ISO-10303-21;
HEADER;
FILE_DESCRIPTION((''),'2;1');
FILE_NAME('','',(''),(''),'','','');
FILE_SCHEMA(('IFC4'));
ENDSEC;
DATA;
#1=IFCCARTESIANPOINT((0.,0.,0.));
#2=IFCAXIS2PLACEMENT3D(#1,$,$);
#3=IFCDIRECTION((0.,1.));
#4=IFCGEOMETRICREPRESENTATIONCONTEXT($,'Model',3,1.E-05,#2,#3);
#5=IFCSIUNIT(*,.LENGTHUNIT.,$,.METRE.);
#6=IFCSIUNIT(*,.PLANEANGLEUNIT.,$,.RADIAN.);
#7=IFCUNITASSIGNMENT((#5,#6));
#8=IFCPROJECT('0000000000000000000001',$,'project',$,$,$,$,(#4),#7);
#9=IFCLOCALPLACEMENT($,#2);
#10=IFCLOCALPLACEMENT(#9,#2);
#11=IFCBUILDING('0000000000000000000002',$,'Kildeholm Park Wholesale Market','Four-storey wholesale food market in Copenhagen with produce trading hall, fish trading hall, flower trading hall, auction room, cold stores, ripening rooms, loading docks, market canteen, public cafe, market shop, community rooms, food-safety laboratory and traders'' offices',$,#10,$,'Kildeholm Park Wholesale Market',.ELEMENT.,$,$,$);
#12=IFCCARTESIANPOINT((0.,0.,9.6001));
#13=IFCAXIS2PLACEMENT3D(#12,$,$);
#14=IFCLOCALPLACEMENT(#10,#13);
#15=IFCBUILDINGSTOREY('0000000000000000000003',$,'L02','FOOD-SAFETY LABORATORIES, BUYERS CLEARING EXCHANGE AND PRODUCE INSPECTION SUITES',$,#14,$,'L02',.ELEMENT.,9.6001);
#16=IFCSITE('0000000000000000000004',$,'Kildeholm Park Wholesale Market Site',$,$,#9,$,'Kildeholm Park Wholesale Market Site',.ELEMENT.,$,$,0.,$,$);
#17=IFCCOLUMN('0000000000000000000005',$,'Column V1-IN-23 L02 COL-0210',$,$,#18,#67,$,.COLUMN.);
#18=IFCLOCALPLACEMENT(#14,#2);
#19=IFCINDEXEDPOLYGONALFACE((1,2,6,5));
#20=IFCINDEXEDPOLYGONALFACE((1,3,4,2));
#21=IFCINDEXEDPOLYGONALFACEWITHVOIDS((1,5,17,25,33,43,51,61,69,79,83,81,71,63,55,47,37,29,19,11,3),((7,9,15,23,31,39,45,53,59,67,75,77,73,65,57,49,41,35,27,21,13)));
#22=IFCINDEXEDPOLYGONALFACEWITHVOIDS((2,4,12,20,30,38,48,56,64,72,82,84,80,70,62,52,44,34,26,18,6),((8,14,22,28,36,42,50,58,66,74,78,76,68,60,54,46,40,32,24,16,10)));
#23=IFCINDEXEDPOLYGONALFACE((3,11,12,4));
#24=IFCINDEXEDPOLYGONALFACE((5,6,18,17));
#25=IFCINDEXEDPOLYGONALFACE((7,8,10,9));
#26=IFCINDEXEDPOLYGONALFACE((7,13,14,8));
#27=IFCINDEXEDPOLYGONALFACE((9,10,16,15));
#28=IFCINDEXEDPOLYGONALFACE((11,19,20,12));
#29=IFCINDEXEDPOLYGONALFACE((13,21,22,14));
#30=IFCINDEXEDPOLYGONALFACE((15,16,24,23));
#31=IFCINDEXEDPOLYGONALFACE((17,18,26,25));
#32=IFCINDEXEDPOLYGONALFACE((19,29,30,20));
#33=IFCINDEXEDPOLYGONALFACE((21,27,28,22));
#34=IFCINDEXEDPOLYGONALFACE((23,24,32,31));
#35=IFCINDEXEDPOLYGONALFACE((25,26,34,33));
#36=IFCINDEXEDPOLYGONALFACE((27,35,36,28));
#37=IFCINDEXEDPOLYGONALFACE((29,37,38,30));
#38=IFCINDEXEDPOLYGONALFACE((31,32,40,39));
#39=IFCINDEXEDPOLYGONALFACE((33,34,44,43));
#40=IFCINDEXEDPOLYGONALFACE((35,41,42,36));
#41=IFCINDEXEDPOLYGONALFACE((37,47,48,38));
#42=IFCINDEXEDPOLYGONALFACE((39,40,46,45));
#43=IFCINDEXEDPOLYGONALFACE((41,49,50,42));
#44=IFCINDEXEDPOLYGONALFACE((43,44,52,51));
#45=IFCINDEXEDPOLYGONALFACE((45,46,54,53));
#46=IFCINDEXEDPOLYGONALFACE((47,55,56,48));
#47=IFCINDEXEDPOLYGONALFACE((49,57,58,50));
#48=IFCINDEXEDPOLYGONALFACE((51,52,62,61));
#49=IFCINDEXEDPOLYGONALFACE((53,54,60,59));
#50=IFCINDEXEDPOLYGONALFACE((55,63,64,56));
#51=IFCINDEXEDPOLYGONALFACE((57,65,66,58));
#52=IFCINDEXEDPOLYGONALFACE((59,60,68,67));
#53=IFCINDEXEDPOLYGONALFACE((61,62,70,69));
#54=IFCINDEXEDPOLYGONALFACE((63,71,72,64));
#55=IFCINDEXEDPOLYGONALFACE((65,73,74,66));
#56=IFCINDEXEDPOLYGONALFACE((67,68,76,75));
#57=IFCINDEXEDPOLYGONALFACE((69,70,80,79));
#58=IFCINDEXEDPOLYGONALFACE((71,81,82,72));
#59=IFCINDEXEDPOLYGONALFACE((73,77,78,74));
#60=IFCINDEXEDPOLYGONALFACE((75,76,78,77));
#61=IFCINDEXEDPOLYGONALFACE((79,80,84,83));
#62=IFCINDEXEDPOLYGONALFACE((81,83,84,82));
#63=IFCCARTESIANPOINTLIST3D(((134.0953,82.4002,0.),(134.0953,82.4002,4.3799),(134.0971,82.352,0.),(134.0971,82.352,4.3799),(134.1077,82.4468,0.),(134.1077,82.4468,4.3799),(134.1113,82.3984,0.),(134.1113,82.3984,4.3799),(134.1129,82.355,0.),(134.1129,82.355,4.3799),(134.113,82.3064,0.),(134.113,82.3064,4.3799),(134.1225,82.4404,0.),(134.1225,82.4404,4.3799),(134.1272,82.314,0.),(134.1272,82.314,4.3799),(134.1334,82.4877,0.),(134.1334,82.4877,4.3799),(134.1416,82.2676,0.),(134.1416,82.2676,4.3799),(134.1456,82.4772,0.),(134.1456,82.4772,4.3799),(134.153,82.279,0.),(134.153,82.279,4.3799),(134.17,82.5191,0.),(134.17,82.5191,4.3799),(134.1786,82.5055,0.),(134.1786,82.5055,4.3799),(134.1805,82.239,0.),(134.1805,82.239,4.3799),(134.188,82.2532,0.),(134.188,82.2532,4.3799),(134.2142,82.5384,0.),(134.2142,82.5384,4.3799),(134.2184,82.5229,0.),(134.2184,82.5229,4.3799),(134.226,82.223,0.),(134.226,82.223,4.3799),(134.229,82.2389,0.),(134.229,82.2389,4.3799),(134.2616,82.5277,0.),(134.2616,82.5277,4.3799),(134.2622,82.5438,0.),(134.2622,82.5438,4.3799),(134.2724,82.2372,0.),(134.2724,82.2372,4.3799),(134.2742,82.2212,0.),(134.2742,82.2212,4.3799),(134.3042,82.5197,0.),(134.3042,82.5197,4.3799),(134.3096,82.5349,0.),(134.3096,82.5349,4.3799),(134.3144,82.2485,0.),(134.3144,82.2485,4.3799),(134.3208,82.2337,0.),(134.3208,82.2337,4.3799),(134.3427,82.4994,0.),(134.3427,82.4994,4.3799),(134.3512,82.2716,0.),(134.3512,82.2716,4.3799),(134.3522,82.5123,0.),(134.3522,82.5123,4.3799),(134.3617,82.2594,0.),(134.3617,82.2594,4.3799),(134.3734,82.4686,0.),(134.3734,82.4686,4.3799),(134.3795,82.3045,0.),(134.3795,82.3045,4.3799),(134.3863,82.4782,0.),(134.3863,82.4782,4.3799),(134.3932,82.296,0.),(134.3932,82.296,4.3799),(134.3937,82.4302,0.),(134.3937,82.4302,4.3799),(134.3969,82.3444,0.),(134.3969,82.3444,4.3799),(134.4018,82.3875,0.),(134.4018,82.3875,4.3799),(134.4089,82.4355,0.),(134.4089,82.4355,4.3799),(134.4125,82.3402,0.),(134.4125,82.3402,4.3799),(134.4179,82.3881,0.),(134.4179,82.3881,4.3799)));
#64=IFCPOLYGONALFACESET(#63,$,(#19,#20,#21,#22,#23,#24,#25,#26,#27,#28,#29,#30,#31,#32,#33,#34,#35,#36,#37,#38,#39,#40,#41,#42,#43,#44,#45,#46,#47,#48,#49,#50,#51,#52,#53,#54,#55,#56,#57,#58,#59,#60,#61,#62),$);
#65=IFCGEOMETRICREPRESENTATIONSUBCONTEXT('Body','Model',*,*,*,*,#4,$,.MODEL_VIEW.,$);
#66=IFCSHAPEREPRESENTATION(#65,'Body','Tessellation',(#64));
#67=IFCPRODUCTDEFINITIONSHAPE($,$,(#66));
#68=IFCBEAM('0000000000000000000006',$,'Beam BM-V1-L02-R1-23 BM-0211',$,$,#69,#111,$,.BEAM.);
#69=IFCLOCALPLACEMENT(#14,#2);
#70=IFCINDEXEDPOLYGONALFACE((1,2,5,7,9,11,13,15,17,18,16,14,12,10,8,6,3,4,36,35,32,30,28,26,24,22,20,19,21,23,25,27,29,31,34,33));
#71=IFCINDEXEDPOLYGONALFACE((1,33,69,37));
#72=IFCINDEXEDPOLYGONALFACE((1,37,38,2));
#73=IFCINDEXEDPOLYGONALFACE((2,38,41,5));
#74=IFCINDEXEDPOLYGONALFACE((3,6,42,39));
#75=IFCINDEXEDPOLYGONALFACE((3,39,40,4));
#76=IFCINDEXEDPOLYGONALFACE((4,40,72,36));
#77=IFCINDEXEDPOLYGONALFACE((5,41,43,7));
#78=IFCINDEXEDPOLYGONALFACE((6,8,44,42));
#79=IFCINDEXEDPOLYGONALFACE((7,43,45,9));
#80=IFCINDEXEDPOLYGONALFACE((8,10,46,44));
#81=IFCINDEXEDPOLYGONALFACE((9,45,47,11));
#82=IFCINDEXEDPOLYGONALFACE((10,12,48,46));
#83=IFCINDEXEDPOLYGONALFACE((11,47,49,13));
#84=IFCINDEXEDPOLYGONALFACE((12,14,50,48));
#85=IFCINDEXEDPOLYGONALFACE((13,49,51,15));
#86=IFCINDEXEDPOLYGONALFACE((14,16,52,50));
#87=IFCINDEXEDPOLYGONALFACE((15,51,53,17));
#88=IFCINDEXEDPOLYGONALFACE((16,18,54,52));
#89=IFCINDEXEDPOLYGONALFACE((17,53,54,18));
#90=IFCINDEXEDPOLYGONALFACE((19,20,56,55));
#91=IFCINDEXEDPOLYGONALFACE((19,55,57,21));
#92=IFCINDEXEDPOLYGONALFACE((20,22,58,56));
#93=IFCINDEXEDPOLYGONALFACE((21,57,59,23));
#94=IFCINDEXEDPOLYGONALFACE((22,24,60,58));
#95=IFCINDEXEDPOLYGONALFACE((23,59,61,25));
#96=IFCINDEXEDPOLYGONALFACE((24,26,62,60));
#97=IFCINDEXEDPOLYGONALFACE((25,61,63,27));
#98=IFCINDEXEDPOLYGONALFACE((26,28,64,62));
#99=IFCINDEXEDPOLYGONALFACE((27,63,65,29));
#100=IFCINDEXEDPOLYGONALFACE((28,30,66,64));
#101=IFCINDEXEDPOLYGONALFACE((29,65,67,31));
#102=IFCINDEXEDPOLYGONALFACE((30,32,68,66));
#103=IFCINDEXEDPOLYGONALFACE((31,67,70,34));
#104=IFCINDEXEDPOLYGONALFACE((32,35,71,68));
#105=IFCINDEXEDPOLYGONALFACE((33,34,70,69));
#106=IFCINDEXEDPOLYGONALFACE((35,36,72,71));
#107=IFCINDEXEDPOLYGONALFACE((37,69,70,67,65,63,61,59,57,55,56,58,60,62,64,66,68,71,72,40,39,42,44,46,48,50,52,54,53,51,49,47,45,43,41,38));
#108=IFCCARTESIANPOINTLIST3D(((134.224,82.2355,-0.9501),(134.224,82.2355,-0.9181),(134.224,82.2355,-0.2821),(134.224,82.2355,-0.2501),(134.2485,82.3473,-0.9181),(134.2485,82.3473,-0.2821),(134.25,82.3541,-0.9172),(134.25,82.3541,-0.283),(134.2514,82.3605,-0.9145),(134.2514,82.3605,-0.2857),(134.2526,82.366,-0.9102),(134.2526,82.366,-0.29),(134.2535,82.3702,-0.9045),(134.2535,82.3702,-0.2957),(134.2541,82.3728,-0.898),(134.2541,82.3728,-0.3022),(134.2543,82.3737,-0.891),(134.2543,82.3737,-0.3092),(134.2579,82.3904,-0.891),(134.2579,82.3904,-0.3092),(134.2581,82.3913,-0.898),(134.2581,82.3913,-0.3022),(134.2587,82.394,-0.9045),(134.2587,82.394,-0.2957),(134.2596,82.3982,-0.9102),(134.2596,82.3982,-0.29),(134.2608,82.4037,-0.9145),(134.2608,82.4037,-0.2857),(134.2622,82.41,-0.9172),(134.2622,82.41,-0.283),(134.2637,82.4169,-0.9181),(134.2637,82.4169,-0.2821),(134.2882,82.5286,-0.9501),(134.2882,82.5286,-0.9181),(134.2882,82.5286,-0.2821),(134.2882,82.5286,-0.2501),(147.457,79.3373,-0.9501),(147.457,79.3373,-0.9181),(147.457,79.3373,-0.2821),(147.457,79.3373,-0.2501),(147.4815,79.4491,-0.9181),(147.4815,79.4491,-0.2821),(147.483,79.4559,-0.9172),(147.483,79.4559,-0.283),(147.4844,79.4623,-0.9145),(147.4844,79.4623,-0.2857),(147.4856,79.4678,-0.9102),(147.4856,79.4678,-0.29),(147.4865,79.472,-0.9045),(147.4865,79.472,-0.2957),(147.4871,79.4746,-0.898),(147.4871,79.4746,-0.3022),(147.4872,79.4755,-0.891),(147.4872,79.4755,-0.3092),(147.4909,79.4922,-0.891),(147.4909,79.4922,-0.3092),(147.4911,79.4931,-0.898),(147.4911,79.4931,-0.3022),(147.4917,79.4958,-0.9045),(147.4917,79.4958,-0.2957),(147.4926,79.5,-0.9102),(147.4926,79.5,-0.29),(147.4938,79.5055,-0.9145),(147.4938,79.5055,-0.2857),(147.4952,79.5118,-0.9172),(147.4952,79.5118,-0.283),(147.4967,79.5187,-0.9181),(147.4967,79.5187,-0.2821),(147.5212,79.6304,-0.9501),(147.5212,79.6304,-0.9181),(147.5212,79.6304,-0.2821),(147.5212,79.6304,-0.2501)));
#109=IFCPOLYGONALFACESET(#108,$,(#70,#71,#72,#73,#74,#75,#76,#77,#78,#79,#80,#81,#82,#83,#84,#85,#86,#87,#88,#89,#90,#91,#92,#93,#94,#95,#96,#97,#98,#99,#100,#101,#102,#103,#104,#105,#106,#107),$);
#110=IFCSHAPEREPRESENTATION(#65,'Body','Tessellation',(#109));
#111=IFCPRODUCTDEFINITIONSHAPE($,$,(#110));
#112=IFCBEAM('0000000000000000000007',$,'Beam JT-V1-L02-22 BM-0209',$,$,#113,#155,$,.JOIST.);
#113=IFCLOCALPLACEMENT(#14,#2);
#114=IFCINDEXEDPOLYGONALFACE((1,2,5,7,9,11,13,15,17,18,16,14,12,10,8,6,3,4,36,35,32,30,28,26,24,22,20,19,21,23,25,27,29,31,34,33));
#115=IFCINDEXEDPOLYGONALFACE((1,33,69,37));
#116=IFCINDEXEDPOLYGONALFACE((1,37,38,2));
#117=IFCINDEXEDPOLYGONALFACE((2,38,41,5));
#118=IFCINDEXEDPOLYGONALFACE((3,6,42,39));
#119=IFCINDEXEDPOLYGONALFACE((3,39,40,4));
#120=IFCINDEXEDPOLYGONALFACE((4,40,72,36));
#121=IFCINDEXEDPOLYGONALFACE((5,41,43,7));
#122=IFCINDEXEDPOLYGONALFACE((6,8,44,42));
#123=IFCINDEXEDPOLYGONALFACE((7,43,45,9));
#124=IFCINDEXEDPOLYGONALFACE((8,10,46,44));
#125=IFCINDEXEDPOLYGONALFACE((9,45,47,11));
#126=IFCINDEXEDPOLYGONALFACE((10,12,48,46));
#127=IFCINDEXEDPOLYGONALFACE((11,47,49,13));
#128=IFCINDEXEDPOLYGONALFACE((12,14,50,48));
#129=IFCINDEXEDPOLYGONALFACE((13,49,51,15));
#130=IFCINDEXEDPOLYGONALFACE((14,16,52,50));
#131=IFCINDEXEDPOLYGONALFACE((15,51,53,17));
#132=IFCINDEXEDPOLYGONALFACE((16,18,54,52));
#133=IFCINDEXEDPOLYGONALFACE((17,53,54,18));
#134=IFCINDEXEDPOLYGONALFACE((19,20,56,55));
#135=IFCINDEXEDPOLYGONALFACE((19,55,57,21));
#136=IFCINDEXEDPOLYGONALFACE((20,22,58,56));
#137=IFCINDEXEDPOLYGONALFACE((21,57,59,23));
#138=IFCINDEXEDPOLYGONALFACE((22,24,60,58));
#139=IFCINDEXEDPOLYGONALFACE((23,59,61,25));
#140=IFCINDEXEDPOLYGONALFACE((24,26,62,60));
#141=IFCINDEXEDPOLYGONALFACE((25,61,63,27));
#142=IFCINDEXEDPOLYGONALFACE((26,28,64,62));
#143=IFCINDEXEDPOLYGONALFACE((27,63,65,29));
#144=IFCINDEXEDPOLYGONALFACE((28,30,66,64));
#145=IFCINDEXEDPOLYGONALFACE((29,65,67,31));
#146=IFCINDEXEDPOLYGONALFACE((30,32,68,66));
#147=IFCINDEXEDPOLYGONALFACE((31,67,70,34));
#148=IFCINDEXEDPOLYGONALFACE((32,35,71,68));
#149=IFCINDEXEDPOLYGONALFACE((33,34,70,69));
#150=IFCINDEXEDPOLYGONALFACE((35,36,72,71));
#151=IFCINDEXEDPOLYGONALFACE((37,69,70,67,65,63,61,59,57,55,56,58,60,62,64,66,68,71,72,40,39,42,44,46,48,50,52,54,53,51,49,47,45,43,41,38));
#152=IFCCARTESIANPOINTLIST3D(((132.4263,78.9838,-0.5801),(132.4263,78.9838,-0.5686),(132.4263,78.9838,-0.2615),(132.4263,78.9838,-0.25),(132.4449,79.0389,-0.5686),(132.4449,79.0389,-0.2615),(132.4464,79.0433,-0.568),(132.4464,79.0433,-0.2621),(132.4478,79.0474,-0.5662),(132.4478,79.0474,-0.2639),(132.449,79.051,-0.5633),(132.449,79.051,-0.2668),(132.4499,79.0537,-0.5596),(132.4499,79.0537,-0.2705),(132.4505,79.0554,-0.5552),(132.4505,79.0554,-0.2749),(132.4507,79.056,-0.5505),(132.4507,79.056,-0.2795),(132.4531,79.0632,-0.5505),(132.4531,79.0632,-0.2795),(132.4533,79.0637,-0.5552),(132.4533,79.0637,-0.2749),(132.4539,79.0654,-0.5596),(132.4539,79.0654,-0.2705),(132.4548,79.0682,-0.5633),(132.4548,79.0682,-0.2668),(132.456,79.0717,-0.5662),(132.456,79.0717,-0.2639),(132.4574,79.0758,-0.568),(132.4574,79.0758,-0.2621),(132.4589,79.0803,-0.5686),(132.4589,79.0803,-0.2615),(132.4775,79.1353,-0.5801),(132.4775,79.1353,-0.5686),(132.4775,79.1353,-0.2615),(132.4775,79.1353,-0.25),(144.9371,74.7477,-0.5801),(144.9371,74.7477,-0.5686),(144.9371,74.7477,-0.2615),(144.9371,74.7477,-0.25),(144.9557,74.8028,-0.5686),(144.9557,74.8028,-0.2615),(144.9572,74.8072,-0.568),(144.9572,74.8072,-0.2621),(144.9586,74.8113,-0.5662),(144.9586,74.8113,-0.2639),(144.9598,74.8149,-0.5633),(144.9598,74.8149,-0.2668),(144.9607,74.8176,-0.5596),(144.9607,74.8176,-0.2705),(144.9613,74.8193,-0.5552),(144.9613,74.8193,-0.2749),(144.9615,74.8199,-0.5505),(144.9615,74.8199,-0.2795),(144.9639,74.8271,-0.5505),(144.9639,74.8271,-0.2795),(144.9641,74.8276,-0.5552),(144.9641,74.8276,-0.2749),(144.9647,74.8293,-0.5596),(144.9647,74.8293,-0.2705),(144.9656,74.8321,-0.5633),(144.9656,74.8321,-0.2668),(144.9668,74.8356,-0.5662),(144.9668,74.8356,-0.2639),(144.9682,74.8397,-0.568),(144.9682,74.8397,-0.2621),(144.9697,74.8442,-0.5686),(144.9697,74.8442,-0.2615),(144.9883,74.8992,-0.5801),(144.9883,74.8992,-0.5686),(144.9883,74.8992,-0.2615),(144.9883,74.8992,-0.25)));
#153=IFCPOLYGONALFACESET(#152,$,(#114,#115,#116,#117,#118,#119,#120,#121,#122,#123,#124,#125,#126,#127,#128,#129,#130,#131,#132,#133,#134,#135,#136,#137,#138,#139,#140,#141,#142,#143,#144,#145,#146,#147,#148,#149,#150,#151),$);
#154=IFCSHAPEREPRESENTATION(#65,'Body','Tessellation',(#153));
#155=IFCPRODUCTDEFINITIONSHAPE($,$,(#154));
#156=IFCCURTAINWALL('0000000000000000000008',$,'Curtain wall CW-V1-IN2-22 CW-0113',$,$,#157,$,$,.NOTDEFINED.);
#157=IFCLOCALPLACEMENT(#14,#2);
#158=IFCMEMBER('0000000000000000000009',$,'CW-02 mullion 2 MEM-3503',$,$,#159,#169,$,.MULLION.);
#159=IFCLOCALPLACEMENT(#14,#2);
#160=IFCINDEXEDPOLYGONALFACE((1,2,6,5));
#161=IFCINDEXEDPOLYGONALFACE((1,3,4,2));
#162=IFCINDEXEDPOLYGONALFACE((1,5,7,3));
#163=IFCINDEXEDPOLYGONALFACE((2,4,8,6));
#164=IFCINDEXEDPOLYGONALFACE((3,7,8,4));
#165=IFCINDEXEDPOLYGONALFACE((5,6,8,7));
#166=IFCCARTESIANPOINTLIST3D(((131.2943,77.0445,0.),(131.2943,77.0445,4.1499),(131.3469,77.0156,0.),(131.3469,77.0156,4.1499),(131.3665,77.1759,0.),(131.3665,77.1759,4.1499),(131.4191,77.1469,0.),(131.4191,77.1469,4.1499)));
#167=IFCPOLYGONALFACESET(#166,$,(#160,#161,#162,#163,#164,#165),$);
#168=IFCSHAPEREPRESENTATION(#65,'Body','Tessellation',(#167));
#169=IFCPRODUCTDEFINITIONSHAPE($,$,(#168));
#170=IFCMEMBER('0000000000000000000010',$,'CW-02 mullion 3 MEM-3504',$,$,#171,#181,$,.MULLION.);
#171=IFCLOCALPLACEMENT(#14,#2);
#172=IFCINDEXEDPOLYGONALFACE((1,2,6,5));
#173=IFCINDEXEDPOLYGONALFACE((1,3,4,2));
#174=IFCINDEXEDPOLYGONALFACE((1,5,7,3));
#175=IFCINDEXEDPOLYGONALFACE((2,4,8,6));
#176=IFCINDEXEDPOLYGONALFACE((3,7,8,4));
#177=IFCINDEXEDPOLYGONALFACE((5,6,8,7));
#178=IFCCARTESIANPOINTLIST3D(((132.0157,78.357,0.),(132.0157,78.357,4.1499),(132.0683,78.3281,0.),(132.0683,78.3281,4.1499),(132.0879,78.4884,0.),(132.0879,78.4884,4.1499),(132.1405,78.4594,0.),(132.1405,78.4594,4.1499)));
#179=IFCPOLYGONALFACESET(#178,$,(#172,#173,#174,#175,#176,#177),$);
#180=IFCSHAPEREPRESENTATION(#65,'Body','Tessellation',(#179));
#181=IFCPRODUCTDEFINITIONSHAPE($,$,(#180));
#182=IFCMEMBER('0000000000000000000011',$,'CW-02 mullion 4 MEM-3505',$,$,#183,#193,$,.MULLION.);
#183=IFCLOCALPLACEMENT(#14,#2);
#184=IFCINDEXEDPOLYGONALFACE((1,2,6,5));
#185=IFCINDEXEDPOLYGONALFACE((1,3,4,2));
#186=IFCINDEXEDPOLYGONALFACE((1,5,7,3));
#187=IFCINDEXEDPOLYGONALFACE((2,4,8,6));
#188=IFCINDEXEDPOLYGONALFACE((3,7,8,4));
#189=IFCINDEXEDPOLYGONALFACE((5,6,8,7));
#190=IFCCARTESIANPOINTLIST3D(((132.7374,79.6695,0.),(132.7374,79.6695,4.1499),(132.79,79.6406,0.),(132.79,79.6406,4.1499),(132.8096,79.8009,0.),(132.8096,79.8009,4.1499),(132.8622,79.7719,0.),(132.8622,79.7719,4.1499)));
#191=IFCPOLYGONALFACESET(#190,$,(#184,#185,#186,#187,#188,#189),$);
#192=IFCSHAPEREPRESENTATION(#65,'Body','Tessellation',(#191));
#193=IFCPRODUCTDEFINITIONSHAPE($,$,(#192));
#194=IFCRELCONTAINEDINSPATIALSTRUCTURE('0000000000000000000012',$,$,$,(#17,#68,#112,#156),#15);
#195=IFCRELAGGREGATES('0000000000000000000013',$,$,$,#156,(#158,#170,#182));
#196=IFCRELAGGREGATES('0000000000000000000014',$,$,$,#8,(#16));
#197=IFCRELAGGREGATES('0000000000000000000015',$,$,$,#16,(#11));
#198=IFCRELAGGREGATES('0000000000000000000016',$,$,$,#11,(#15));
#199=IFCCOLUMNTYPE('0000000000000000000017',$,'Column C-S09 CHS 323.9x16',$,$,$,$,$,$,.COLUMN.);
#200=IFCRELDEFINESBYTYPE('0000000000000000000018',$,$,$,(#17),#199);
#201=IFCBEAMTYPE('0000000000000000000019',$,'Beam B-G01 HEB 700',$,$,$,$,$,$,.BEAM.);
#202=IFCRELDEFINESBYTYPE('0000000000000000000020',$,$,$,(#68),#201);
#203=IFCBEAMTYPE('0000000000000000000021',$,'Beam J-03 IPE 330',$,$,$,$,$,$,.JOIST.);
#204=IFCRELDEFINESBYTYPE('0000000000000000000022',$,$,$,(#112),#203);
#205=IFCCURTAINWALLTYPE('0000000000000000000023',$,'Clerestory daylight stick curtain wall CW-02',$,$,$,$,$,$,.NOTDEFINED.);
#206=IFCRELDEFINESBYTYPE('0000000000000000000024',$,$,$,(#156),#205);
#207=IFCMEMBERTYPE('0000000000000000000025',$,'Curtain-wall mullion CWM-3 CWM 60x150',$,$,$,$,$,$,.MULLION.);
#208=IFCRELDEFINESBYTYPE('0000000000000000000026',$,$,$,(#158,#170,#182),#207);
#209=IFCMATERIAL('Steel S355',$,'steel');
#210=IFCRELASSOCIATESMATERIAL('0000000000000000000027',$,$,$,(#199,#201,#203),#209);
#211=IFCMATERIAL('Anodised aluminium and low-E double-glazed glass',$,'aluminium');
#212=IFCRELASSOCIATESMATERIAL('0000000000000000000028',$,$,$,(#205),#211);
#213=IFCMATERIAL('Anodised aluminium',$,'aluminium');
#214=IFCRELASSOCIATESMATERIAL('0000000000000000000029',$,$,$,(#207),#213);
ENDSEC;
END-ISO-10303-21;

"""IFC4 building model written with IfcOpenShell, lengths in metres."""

from ifc_helpers import new_model, si_unit, direction, frame, origin, origin_2d, place, context, subcontext, project, spatial, rectangle, hollow_circle, i_section, extrude, material, material_profile, profile_set, type_object, element, aggregate, save


model = new_model("IFC4")

# Units and contexts
model_context = context("Model", 3, precision=1e-05, world=origin(), true_north=direction((0.0, 1.0)))
body_context = subcontext(model_context, "Body", "Model", "MODEL_VIEW")
ifc_project = project(units=[si_unit("LENGTHUNIT", "METRE"), si_unit("PLANEANGLEUNIT", "RADIAN")], contexts=[model_context])

# Site, building, storey
site_placement = place(None, origin())
site = spatial("IfcSite", under=ifc_project, at=site_placement, Name="Kildeholm Park Wholesale Market Site", LongName="Kildeholm Park Wholesale Market Site", CompositionType="ELEMENT", RefElevation=0.0)
building_placement = place(site_placement, origin())
building = spatial("IfcBuilding", under=site, at=building_placement, Name="Kildeholm Park Wholesale Market", Description="Four-storey wholesale food market in Copenhagen with produce trading hall, fish trading hall, flower trading hall, auction room, cold stores, ripening rooms, loading docks, market canteen, public cafe, market shop, community rooms, food-safety laboratory and traders' offices", LongName="Kildeholm Park Wholesale Market", CompositionType="ELEMENT")
storey_placement = place(building_placement, frame((0.0, 0.0, 9.6001)))
storey = spatial("IfcBuildingStorey", under=building, at=storey_placement, Name="L02", Description="FOOD-SAFETY LABORATORIES, BUYERS CLEARING EXCHANGE AND PRODUCE INSPECTION SUITES", LongName="L02", CompositionType="ELEMENT", Elevation=9.6001)

# Column
ifc_material_1 = material(Name="Steel S355", Category="steel")
ifc_material_profile_1 = material_profile(ifc_material_1, hollow_circle(Radius=0.1619, WallThickness=0.0161, at=origin_2d()), Name="CHS 323.9x16")
ifc_profile_set_1 = profile_set([ifc_material_profile_1], Name="Steel S355")
column_type = type_object("IfcColumnType", Name="Column C-S09 CHS 323.9x16", PredefinedType="COLUMN", material=ifc_profile_set_1)
column_placement = place(storey_placement, frame((134.2561, 82.3821, 0.0), z_axis=(0.0, 0.0, 1.0), x_axis=(0.965926, -0.258819, 0.0)))
element("IfcColumn", 1, at=column_placement, inside=storey, type_object=column_type, Name="Column V1-IN-23 L02 COL-0210", PredefinedType="COLUMN", context=body_context, shape_type="SweptSolid", body=[
    extrude(hollow_circle(Radius=0.1619, WallThickness=0.0161, at=origin_2d()), origin(), (0.0, 0.0, 1.0), 4.3799),
])

# Beams
ifc_material_profile_2 = material_profile(ifc_material_1, i_section(OverallWidth=0.3, OverallDepth=0.7, WebThickness=0.0171, FlangeThickness=0.032, FilletRadius=0.0271, at=origin_2d()), Name="HEB 700")
ifc_profile_set_2 = profile_set([ifc_material_profile_2], Name="Steel S355")
beam_type_1 = type_object("IfcBeamType", Name="Beam B-G01 HEB 700", PredefinedType="BEAM", material=ifc_profile_set_2)
beam_1_placement = place(storey_placement, frame((134.2561, 82.3821, -0.6001), z_axis=(0.976846, -0.213943, 0.0), x_axis=(0.213943, 0.976846, 0.0)))
element("IfcBeam", 2, at=beam_1_placement, inside=storey, type_object=beam_type_1, Name="Beam BM-V1-L02-R1-23 BM-0211", PredefinedType="BEAM", context=body_context, shape_type="SweptSolid", body=[
    extrude(i_section(OverallWidth=0.3, OverallDepth=0.7, WebThickness=0.0171, FlangeThickness=0.032, FilletRadius=0.0271, at=origin_2d()), origin(), (0.0, 0.0, 1.0), 13.5466),
])
ifc_material_profile_3 = material_profile(ifc_material_1, i_section(OverallWidth=0.1599, OverallDepth=0.3301, WebThickness=0.0076, FlangeThickness=0.0115, FilletRadius=0.0181, at=origin_2d()), Name="IPE 330")
ifc_profile_set_3 = profile_set([ifc_material_profile_3], Name="Steel S355")
beam_type_2 = type_object("IfcBeamType", Name="Beam J-03 IPE 330", PredefinedType="JOIST", material=ifc_profile_set_3)
beam_2_placement = place(storey_placement, frame((132.4519, 79.0596, -0.415), z_axis=(0.947177, -0.32071, 0.0), x_axis=(0.32071, 0.947177, 0.0)))
element("IfcBeam", 3, at=beam_2_placement, inside=storey, type_object=beam_type_2, Name="Beam JT-V1-L02-22 BM-0209", PredefinedType="JOIST", context=body_context, shape_type="SweptSolid", body=[
    extrude(i_section(OverallWidth=0.1599, OverallDepth=0.3301, WebThickness=0.0076, FlangeThickness=0.0115, FilletRadius=0.0181, at=origin_2d()), origin(), (0.0, 0.0, 1.0), 13.2085),
])

# Curtain wall, members
ifc_material_2 = material(Name="Anodised aluminium and low-E double-glazed glass", Category="aluminium")
curtain_wall_type = type_object("IfcCurtainWallType", Name="Clerestory daylight stick curtain wall CW-02", PredefinedType="NOTDEFINED", material=ifc_material_2)
curtain_wall_placement = place(storey_placement, origin())
curtain_wall = element("IfcCurtainWall", 4, at=curtain_wall_placement, inside=storey, type_object=curtain_wall_type, Name="Curtain wall CW-V1-IN2-22 CW-0113", PredefinedType="NOTDEFINED")
ifc_material_3 = material(Name="Anodised aluminium", Category="aluminium")
ifc_material_profile_4 = material_profile(ifc_material_3, rectangle(XDim=0.0601, YDim=0.1499, at=origin_2d()), Name="CWM 60x150")
ifc_profile_set_4 = profile_set([ifc_material_profile_4], Name="Anodised aluminium")
member_type_1 = type_object("IfcMemberType", Name="Curtain-wall mullion CWM-3 CWM 60x150", PredefinedType="MULLION", material=ifc_profile_set_4)
member_1_placement = place(storey_placement, frame((131.3567, 77.0957, 0.0), z_axis=(0.0, 0.0, 1.0), x_axis=(-0.876309, 0.48175, 0.0)))
member_1 = element("IfcMember", 5, at=member_1_placement, type_object=member_type_1, Name="CW-02 mullion 2 MEM-3503", PredefinedType="MULLION", context=body_context, shape_type="SweptSolid", body=[
    extrude(rectangle(XDim=0.0601, YDim=0.1499, at=origin_2d()), origin(), (0.0, 0.0, 1.0), 4.1499),
])
member_2_placement = place(storey_placement, frame((132.0781, 78.4082, 0.0), z_axis=(0.0, 0.0, 1.0), x_axis=(-0.876309, 0.48175, 0.0)))
member_2 = element("IfcMember", 6, at=member_2_placement, type_object=member_type_1, Name="CW-02 mullion 3 MEM-3504", PredefinedType="MULLION", context=body_context, shape_type="SweptSolid", body=[
    extrude(rectangle(XDim=0.0601, YDim=0.1499, at=origin_2d()), origin(), (0.0, 0.0, 1.0), 4.1499),
])
member_3_placement = place(storey_placement, frame((132.7998, 79.7207, 0.0), z_axis=(0.0, 0.0, 1.0), x_axis=(-0.876309, 0.48175, 0.0)))
member_3 = element("IfcMember", 7, at=member_3_placement, type_object=member_type_1, Name="CW-02 mullion 4 MEM-3505", PredefinedType="MULLION", context=body_context, shape_type="SweptSolid", body=[
    extrude(rectangle(XDim=0.0601, YDim=0.1499, at=origin_2d()), origin(), (0.0, 0.0, 1.0), 4.1499),
])
aggregate(curtain_wall, [member_1, member_2, member_3])

save(model, "model.ifc")
